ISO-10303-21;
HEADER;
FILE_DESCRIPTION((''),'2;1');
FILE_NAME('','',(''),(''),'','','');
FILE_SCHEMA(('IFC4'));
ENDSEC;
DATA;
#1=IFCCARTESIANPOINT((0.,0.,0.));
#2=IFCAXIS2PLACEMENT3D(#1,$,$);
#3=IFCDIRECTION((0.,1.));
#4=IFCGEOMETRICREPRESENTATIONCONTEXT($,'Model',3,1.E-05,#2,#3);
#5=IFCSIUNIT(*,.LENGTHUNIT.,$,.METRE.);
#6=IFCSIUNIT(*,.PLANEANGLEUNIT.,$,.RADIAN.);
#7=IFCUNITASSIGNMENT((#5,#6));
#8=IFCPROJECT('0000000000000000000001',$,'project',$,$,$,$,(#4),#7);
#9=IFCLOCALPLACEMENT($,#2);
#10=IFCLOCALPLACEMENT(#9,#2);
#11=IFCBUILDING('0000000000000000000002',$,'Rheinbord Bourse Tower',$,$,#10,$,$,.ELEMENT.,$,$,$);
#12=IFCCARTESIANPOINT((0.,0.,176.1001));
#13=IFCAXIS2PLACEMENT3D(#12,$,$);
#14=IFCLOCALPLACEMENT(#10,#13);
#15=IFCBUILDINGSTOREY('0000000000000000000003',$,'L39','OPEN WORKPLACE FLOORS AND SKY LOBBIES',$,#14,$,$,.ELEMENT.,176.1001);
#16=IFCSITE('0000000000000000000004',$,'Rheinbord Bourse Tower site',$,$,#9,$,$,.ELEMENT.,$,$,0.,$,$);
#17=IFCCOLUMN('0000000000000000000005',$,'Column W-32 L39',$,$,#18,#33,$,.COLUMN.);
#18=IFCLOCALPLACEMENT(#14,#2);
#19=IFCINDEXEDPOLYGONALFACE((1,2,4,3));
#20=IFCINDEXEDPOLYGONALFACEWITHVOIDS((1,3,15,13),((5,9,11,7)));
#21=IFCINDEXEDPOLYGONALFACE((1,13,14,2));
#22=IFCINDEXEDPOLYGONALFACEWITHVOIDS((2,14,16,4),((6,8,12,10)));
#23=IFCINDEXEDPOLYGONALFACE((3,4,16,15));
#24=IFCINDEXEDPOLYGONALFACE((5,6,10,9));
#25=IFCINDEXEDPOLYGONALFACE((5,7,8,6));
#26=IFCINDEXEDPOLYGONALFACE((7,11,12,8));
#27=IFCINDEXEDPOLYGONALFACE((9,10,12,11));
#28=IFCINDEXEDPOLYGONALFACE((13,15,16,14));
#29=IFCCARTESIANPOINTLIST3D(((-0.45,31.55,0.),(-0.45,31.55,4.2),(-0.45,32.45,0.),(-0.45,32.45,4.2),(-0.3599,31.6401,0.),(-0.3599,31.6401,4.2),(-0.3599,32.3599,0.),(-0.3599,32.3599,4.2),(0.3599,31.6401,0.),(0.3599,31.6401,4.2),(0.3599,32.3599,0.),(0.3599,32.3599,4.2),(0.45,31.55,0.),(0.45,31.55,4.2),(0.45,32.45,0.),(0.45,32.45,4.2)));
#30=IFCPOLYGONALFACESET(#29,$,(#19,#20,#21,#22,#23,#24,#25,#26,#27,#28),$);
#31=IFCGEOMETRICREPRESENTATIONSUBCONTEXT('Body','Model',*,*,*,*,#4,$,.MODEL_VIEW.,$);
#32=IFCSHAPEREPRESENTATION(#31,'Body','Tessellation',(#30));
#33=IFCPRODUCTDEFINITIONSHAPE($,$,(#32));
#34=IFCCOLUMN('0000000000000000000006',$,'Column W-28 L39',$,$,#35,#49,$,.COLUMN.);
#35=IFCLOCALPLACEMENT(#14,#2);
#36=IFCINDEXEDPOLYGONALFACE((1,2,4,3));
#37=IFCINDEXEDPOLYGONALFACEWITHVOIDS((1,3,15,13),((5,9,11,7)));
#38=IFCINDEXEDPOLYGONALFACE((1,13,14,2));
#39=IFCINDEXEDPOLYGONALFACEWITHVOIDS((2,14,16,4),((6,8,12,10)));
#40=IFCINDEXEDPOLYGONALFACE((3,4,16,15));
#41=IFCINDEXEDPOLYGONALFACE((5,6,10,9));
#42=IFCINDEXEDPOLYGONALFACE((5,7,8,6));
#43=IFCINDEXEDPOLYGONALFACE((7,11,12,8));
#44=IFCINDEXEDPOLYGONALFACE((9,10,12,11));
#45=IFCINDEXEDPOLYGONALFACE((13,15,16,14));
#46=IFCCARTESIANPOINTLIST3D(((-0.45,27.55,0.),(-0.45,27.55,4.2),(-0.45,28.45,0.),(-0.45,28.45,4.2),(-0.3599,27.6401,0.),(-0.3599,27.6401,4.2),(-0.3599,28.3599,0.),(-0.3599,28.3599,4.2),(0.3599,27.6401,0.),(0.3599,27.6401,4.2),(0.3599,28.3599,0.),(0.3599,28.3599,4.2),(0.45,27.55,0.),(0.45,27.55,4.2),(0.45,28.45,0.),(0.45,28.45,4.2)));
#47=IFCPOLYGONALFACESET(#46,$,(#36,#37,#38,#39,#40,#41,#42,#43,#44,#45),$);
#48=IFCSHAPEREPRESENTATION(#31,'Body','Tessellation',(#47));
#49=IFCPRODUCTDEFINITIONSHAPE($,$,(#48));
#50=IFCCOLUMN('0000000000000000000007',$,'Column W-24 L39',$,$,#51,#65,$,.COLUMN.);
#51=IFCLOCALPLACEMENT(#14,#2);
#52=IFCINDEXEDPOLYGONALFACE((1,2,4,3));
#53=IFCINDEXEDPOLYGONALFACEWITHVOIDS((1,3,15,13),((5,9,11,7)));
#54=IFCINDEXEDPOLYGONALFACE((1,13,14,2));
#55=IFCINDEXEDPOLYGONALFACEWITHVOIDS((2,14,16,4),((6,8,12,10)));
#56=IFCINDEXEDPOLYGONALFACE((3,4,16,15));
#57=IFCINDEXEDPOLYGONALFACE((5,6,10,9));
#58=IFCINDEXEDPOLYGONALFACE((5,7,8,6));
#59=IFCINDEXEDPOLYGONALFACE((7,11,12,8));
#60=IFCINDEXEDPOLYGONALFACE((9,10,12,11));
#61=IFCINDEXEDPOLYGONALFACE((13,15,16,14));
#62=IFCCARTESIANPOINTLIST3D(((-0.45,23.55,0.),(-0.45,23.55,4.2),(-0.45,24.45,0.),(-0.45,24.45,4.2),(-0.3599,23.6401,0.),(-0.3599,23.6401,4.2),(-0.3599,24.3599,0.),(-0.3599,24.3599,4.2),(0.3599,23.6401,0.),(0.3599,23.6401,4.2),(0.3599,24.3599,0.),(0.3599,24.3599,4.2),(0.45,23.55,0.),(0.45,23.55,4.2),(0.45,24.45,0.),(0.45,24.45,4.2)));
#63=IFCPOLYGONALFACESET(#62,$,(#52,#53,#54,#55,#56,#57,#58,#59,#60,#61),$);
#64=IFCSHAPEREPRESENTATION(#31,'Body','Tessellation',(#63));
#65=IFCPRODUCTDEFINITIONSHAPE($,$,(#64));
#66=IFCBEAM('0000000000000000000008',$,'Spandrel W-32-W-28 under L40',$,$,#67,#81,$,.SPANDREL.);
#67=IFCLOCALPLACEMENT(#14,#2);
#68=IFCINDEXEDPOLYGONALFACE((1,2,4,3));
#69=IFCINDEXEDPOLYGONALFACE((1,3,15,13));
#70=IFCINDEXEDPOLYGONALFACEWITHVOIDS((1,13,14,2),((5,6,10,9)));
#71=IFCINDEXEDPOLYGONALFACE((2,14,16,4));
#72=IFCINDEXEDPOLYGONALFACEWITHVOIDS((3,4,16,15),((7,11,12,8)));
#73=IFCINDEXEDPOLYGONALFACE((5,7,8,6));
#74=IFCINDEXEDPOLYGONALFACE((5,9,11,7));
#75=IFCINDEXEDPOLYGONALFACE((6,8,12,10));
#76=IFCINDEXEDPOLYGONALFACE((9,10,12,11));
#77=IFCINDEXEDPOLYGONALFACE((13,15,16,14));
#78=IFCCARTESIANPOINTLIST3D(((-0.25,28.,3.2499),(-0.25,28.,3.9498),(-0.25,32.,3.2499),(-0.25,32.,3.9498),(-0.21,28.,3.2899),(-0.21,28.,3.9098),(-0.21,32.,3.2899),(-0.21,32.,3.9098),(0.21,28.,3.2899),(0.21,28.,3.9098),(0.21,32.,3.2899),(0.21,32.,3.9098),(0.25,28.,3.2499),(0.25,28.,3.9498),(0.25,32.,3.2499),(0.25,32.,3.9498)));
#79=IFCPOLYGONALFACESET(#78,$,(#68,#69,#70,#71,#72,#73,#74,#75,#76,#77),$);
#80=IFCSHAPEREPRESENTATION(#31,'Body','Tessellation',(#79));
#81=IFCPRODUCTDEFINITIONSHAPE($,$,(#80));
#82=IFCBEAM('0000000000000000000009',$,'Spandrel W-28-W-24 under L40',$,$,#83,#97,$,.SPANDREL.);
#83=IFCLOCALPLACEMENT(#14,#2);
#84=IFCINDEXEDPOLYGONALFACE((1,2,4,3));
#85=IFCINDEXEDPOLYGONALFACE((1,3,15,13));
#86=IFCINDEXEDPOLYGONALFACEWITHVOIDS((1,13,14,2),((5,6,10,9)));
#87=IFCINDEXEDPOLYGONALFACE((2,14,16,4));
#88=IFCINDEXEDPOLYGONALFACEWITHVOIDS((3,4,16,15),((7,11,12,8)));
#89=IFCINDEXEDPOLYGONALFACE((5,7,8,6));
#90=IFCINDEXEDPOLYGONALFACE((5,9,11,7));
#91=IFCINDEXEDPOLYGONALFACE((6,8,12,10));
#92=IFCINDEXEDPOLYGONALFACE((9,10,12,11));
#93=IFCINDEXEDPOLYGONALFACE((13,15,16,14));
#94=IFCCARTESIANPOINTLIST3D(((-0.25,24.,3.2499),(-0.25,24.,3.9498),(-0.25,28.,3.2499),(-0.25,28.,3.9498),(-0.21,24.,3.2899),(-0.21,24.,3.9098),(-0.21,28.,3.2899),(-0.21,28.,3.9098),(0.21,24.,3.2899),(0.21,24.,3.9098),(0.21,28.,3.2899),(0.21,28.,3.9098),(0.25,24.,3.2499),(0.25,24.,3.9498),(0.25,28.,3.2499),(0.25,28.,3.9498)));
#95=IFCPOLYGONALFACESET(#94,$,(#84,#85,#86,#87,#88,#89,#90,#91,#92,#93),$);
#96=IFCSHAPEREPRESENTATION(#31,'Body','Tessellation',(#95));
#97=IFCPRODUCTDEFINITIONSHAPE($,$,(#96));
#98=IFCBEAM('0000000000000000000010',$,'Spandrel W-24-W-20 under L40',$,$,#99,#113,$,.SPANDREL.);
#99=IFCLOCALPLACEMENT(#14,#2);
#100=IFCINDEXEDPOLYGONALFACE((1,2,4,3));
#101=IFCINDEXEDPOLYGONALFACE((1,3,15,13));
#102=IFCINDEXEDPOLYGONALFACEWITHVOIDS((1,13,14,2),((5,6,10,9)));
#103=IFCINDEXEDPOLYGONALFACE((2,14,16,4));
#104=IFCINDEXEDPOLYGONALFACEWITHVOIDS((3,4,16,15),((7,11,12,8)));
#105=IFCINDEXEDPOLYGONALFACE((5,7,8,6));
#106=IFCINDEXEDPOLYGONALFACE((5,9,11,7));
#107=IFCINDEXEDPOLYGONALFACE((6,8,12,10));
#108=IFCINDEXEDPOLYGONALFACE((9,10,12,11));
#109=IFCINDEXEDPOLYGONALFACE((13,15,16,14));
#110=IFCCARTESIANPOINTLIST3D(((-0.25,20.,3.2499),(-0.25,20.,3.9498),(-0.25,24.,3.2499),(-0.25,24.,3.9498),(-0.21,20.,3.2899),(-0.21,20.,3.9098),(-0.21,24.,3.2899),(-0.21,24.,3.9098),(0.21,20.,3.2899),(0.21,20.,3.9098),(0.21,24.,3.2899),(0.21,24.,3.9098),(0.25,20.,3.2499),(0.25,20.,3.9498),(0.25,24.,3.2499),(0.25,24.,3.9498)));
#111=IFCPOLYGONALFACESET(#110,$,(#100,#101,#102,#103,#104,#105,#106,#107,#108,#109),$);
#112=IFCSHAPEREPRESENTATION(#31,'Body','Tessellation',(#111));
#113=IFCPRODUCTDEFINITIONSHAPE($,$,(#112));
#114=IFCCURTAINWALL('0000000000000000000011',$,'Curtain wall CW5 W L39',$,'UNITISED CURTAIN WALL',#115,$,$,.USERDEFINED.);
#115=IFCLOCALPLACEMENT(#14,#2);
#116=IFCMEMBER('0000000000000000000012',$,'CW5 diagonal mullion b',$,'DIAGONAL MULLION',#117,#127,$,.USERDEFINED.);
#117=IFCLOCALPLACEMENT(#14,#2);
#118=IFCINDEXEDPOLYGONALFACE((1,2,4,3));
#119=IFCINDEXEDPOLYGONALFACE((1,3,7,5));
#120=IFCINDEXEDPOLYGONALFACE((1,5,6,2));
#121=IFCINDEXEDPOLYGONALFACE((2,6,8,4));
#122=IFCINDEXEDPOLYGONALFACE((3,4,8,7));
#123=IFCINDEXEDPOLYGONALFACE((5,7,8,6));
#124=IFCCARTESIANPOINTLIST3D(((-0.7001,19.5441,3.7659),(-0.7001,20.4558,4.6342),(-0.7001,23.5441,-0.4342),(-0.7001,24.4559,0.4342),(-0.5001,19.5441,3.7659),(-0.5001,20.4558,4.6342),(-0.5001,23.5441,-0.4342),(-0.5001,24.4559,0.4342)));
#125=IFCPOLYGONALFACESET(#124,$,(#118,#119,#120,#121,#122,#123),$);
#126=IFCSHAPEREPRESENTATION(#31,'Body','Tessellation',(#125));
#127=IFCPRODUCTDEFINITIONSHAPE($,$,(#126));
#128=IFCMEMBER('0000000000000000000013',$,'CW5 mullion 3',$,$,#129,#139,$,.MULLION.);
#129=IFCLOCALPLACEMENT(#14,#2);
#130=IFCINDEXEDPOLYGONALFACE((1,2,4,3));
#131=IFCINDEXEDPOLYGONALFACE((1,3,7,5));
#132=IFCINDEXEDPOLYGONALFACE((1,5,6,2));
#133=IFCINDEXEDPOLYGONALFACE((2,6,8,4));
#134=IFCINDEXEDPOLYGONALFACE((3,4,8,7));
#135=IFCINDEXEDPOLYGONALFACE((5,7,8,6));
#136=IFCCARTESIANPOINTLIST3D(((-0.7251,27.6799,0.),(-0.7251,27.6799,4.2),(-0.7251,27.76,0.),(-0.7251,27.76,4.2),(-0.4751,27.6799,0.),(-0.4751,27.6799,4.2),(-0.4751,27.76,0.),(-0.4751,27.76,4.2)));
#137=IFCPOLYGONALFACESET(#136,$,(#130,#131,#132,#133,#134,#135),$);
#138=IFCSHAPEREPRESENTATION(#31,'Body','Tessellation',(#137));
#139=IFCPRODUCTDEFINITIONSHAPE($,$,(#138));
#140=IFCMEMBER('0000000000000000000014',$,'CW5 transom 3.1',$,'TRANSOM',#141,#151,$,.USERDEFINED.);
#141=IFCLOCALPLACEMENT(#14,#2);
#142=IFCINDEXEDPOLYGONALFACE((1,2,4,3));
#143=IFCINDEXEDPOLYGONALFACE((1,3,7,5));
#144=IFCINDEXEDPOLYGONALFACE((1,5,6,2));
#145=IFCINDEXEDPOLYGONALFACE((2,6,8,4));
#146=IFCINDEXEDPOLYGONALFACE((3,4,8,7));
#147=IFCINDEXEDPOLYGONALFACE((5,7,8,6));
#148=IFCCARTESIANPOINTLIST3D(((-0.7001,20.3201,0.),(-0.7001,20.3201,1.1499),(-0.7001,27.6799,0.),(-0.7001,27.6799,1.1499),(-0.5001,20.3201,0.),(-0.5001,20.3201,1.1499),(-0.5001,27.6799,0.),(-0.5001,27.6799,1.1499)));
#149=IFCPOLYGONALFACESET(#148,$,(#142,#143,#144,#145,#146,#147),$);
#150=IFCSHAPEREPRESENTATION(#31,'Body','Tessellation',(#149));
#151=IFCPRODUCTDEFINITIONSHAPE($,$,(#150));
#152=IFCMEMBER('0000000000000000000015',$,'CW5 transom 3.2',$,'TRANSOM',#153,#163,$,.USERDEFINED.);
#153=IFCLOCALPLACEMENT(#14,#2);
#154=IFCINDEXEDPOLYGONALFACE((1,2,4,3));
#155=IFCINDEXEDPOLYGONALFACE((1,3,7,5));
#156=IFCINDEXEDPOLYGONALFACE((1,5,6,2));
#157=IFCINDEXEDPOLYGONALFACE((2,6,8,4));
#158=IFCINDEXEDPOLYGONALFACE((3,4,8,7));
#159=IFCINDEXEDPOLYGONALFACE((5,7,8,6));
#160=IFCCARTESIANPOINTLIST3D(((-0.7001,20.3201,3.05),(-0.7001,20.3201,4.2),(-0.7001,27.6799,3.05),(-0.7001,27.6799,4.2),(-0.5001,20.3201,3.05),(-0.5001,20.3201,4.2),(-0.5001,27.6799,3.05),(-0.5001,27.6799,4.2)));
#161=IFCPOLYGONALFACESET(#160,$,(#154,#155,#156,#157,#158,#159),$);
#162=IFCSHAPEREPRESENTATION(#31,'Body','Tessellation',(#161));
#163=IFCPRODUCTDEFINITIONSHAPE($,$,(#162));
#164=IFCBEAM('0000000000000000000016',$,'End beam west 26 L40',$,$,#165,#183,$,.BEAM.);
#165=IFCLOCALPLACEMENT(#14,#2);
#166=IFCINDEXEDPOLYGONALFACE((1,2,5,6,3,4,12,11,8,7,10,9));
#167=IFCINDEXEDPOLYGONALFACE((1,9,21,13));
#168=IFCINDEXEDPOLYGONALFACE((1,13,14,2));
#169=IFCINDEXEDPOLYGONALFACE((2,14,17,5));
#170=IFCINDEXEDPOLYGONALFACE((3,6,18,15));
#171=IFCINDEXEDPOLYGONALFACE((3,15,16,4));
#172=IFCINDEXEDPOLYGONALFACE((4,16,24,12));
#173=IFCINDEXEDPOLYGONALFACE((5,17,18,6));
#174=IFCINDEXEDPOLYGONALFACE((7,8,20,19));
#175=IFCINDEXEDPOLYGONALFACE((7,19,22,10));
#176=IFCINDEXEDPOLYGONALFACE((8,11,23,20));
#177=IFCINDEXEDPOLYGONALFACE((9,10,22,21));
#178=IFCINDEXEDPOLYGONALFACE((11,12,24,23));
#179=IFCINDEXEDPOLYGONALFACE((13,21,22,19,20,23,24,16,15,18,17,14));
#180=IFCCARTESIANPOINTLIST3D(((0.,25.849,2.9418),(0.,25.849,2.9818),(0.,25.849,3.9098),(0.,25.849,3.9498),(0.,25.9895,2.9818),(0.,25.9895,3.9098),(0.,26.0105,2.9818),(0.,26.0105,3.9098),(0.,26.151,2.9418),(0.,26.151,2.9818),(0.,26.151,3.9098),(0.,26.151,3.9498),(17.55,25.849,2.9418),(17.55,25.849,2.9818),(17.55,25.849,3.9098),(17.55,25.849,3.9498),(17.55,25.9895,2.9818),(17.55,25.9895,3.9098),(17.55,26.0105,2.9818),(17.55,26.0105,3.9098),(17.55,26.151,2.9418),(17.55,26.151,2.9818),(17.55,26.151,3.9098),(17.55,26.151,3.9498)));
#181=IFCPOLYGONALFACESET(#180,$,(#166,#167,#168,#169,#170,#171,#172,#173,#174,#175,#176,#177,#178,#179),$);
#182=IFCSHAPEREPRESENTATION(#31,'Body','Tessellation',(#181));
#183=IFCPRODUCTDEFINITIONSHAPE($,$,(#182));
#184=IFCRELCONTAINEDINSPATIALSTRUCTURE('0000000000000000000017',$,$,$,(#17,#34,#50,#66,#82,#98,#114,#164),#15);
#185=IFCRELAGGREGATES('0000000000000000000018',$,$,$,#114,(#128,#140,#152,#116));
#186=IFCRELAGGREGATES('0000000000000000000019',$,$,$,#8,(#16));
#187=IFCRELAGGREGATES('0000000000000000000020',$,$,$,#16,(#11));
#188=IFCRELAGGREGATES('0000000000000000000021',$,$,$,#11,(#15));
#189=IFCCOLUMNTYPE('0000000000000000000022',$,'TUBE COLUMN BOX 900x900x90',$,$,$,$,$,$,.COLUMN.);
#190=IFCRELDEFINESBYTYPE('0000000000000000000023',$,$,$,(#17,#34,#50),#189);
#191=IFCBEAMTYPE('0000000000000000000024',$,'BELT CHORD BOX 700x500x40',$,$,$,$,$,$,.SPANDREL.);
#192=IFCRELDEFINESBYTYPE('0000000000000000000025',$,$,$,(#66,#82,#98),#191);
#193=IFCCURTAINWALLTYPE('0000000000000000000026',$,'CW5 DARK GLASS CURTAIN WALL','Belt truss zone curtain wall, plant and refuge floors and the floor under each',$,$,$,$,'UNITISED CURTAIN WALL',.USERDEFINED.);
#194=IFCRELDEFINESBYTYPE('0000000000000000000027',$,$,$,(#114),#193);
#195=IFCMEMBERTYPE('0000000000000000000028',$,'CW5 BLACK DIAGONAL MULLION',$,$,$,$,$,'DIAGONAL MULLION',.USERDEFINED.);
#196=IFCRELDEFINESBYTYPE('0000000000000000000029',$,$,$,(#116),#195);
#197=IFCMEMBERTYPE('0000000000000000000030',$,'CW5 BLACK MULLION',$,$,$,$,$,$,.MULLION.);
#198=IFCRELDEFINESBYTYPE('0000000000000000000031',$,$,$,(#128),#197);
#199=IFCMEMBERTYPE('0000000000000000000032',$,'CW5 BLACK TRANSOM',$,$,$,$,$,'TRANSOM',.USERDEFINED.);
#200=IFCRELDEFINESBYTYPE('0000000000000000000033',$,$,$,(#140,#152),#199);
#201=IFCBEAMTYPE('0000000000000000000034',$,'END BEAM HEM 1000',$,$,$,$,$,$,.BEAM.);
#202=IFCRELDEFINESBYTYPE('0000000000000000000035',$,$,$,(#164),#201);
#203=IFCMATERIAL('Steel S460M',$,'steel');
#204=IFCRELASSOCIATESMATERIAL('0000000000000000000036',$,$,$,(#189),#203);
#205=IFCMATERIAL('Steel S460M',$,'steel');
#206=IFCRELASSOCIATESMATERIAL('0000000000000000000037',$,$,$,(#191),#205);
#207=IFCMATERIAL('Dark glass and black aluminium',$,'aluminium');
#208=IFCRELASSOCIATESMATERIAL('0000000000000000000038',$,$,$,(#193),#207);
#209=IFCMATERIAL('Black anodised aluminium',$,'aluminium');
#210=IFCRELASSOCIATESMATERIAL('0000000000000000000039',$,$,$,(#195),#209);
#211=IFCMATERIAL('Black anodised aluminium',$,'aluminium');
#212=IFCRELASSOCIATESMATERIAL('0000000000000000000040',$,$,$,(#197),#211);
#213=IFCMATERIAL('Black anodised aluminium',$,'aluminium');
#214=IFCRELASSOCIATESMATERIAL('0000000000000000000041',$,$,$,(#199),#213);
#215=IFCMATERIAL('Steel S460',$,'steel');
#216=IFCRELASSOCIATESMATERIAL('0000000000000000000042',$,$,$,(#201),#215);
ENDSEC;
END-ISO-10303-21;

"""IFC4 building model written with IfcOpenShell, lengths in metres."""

from ifc_helpers import new_model, si_unit, direction, frame, origin, origin_2d, place, context, subcontext, project, spatial, rectangle, hollow_rectangle, i_section, extrude, material, material_profile, profile_set, type_object, element, aggregate, save


model = new_model("IFC4")

# Units and contexts
model_context = context("Model", 3, precision=1e-05, world=origin(), true_north=direction((0.0, 1.0)))
body_context = subcontext(model_context, "Body", "Model", "MODEL_VIEW")
ifc_project = project(units=[si_unit("LENGTHUNIT", "METRE"), si_unit("PLANEANGLEUNIT", "RADIAN")], contexts=[model_context])

# Site, building, storey
site_placement = place(None, origin())
site = spatial("IfcSite", under=ifc_project, at=site_placement, Name="Rheinbord Bourse Tower site", CompositionType="ELEMENT", RefElevation=0.0)
building_placement = place(site_placement, origin())
building = spatial("IfcBuilding", under=site, at=building_placement, Name="Rheinbord Bourse Tower", CompositionType="ELEMENT")
storey_placement = place(building_placement, frame((0.0, 0.0, 176.1001)))
storey = spatial("IfcBuildingStorey", under=building, at=storey_placement, Name="L39", Description="OPEN WORKPLACE FLOORS AND SKY LOBBIES", CompositionType="ELEMENT", Elevation=176.1001)

# Columns
ifc_material_1 = material(Name="Steel S460M", Category="steel")
ifc_material_profile_1 = material_profile(ifc_material_1, hollow_rectangle(XDim=0.8999, YDim=0.8999, WallThickness=0.0901, at=origin_2d()), Name="BOX 900x900x90")
ifc_profile_set_1 = profile_set([ifc_material_profile_1], Name="Steel S460M")
column_type = type_object("IfcColumnType", Name="TUBE COLUMN BOX 900x900x90", PredefinedType="COLUMN", material=ifc_profile_set_1)
for number, where, z_axis, x_axis, name in (
    (1, (0.0, 32.0, 0.0), (0.0, 0.0, 1.0), (1.0, 0.0, 0.0), "Column W-32 L39"),
    (2, (0.0, 28.0, 0.0), (0.0, 0.0, 1.0), (1.0, 0.0, 0.0), "Column W-28 L39"),
    (3, (0.0, 24.0, 0.0), (0.0, 0.0, 1.0), (1.0, 0.0, 0.0), "Column W-24 L39"),
):
    element("IfcColumn", number, at=place(storey_placement, frame(where, z_axis=z_axis, x_axis=x_axis)), inside=storey, type_object=column_type, Name=name, PredefinedType="COLUMN", context=body_context, shape_type="SweptSolid", body=[
        extrude(hollow_rectangle(XDim=0.8999, YDim=0.8999, WallThickness=0.0901, at=origin_2d()), origin(), (0.0, 0.0, 1.0), 4.2),
    ])

# Beams
ifc_material_2 = material(Name="Steel S460M", Category="steel")
ifc_material_profile_2 = material_profile(ifc_material_2, hollow_rectangle(XDim=0.5, YDim=0.7, WallThickness=0.04, at=origin_2d()), Name="BOX 700x500x40")
ifc_profile_set_2 = profile_set([ifc_material_profile_2], Name="Steel S460M")
beam_type_1 = type_object("IfcBeamType", Name="BELT CHORD BOX 700x500x40", PredefinedType="SPANDREL", material=ifc_profile_set_2)
for number, where, z_axis, x_axis, name in (
    (4, (0.0, 32.0, 3.5999), (0.0, -1.0, 0.0), (1.0, 0.0, 0.0), "Spandrel W-32-W-28 under L40"),
    (5, (0.0, 28.0, 3.5999), (0.0, -1.0, 0.0), (1.0, 0.0, 0.0), "Spandrel W-28-W-24 under L40"),
    (6, (0.0, 24.0, 3.5999), (0.0, -1.0, 0.0), (1.0, 0.0, 0.0), "Spandrel W-24-W-20 under L40"),
):
    element("IfcBeam", number, at=place(storey_placement, frame(where, z_axis=z_axis, x_axis=x_axis)), inside=storey, type_object=beam_type_1, Name=name, PredefinedType="SPANDREL", context=body_context, shape_type="SweptSolid", body=[
        extrude(hollow_rectangle(XDim=0.5, YDim=0.7, WallThickness=0.04, at=origin_2d()), origin(), (0.0, 0.0, 1.0), 4.0),
    ])

# Curtain wall, members
ifc_material_3 = material(Name="Dark glass and black aluminium", Category="aluminium")
curtain_wall_type = type_object("IfcCurtainWallType", Name="CW5 DARK GLASS CURTAIN WALL", Description="Belt truss zone curtain wall, plant and refuge floors and the floor under each", ElementType="UNITISED CURTAIN WALL", PredefinedType="USERDEFINED", material=ifc_material_3)
curtain_wall_placement = place(storey_placement, origin())
curtain_wall = element("IfcCurtainWall", 7, at=curtain_wall_placement, inside=storey, type_object=curtain_wall_type, Name="Curtain wall CW5 W L39", ObjectType="UNITISED CURTAIN WALL", PredefinedType="USERDEFINED")
ifc_material_4 = material(Name="Black anodised aluminium", Category="aluminium")
ifc_material_profile_3 = material_profile(ifc_material_4, rectangle(XDim=0.2, YDim=1.259, at=origin_2d()), Name="CW5 DIAGONAL MULLION 1259x200")
ifc_profile_set_3 = profile_set([ifc_material_profile_3], Name="Black anodised aluminium")
member_type_1 = type_object("IfcMemberType", Name="CW5 BLACK DIAGONAL MULLION", ElementType="DIAGONAL MULLION", PredefinedType="USERDEFINED", material=ifc_profile_set_3)
member_1_placement = place(storey_placement, frame((-0.6001, 24.0, 0.0), z_axis=(0.0, -0.689659, 0.724134), x_axis=(1.0, 0.0, 0.0)))
member_1 = element("IfcMember", 8, at=member_1_placement, type_object=member_type_1, Name="CW5 diagonal mullion b", ObjectType="DIAGONAL MULLION", PredefinedType="USERDEFINED", context=body_context, shape_type="SweptSolid", body=[
    extrude(rectangle(XDim=0.2, YDim=1.259, at=origin_2d()), origin(), (0.0, 0.0, 1.0), 5.8),
])
ifc_material_5 = material(Name="Black anodised aluminium", Category="aluminium")
ifc_material_profile_4 = material_profile(ifc_material_5, rectangle(XDim=0.25, YDim=0.0801, at=origin_2d()), Name="CW5 MULLION 80x250")
ifc_profile_set_4 = profile_set([ifc_material_profile_4], Name="Black anodised aluminium")
member_type_2 = type_object("IfcMemberType", Name="CW5 BLACK MULLION", PredefinedType="MULLION", material=ifc_profile_set_4)
member_2_placement = place(storey_placement, frame((-0.6001, 27.72, 0.0), z_axis=(0.0, 0.0, 1.0), x_axis=(1.0, 0.0, 0.0)))
member_2 = element("IfcMember", 9, at=member_2_placement, type_object=member_type_2, Name="CW5 mullion 3", PredefinedType="MULLION", context=body_context, shape_type="SweptSolid", body=[
    extrude(rectangle(XDim=0.25, YDim=0.0801, at=origin_2d()), origin(), (0.0, 0.0, 1.0), 4.2),
])
ifc_material_6 = material(Name="Black anodised aluminium", Category="aluminium")
ifc_material_profile_5 = material_profile(ifc_material_6, rectangle(XDim=0.2, YDim=1.1499, at=origin_2d()), Name="CW5 TRANSOM 1150x200")
ifc_profile_set_5 = profile_set([ifc_material_profile_5], Name="Black anodised aluminium")
member_type_3 = type_object("IfcMemberType", Name="CW5 BLACK TRANSOM", ElementType="TRANSOM", PredefinedType="USERDEFINED", material=ifc_profile_set_5)
member_3_placement = place(storey_placement, frame((-0.6001, 27.6799, 0.575), z_axis=(0.0, -1.0, 0.0), x_axis=(1.0, 0.0, 0.0)))
member_3 = element("IfcMember", 10, at=member_3_placement, type_object=member_type_3, Name="CW5 transom 3.1", ObjectType="TRANSOM", PredefinedType="USERDEFINED", context=body_context, shape_type="SweptSolid", body=[
    extrude(rectangle(XDim=0.2, YDim=1.1499, at=origin_2d()), origin(), (0.0, 0.0, 1.0), 7.3599),
])
member_4_placement = place(storey_placement, frame((-0.6001, 27.6799, 3.625), z_axis=(0.0, -1.0, 0.0), x_axis=(1.0, 0.0, 0.0)))
member_4 = element("IfcMember", 11, at=member_4_placement, type_object=member_type_3, Name="CW5 transom 3.2", ObjectType="TRANSOM", PredefinedType="USERDEFINED", context=body_context, shape_type="SweptSolid", body=[
    extrude(rectangle(XDim=0.2, YDim=1.1499, at=origin_2d()), origin(), (0.0, 0.0, 1.0), 7.3599),
])

# Beam
ifc_material_7 = material(Name="Steel S460", Category="steel")
ifc_material_profile_6 = material_profile(ifc_material_7, i_section(OverallWidth=0.302, OverallDepth=1.0081, WebThickness=0.021, FlangeThickness=0.04, at=origin_2d()), Name="HEM 1000")
ifc_profile_set_6 = profile_set([ifc_material_profile_6], Name="Steel S460")
beam_type_2 = type_object("IfcBeamType", Name="END BEAM HEM 1000", PredefinedType="BEAM", material=ifc_profile_set_6)
for number, where, z_axis, x_axis, name in (
    (12, (0.0, 26.0, 3.4458), (1.0, 0.0, 0.0), (0.0, 1.0, 0.0), "End beam west 26 L40"),
):
    element("IfcBeam", number, at=place(storey_placement, frame(where, z_axis=z_axis, x_axis=x_axis)), inside=storey, type_object=beam_type_2, Name=name, PredefinedType="BEAM", context=body_context, shape_type="SweptSolid", body=[
        extrude(i_section(OverallWidth=0.302, OverallDepth=1.0081, WebThickness=0.021, FlangeThickness=0.04, at=origin_2d()), origin(), (0.0, 0.0, 1.0), 17.55),
    ])

aggregate(curtain_wall, [member_2, member_3, member_4, member_1])

save(model, "model.ifc")
